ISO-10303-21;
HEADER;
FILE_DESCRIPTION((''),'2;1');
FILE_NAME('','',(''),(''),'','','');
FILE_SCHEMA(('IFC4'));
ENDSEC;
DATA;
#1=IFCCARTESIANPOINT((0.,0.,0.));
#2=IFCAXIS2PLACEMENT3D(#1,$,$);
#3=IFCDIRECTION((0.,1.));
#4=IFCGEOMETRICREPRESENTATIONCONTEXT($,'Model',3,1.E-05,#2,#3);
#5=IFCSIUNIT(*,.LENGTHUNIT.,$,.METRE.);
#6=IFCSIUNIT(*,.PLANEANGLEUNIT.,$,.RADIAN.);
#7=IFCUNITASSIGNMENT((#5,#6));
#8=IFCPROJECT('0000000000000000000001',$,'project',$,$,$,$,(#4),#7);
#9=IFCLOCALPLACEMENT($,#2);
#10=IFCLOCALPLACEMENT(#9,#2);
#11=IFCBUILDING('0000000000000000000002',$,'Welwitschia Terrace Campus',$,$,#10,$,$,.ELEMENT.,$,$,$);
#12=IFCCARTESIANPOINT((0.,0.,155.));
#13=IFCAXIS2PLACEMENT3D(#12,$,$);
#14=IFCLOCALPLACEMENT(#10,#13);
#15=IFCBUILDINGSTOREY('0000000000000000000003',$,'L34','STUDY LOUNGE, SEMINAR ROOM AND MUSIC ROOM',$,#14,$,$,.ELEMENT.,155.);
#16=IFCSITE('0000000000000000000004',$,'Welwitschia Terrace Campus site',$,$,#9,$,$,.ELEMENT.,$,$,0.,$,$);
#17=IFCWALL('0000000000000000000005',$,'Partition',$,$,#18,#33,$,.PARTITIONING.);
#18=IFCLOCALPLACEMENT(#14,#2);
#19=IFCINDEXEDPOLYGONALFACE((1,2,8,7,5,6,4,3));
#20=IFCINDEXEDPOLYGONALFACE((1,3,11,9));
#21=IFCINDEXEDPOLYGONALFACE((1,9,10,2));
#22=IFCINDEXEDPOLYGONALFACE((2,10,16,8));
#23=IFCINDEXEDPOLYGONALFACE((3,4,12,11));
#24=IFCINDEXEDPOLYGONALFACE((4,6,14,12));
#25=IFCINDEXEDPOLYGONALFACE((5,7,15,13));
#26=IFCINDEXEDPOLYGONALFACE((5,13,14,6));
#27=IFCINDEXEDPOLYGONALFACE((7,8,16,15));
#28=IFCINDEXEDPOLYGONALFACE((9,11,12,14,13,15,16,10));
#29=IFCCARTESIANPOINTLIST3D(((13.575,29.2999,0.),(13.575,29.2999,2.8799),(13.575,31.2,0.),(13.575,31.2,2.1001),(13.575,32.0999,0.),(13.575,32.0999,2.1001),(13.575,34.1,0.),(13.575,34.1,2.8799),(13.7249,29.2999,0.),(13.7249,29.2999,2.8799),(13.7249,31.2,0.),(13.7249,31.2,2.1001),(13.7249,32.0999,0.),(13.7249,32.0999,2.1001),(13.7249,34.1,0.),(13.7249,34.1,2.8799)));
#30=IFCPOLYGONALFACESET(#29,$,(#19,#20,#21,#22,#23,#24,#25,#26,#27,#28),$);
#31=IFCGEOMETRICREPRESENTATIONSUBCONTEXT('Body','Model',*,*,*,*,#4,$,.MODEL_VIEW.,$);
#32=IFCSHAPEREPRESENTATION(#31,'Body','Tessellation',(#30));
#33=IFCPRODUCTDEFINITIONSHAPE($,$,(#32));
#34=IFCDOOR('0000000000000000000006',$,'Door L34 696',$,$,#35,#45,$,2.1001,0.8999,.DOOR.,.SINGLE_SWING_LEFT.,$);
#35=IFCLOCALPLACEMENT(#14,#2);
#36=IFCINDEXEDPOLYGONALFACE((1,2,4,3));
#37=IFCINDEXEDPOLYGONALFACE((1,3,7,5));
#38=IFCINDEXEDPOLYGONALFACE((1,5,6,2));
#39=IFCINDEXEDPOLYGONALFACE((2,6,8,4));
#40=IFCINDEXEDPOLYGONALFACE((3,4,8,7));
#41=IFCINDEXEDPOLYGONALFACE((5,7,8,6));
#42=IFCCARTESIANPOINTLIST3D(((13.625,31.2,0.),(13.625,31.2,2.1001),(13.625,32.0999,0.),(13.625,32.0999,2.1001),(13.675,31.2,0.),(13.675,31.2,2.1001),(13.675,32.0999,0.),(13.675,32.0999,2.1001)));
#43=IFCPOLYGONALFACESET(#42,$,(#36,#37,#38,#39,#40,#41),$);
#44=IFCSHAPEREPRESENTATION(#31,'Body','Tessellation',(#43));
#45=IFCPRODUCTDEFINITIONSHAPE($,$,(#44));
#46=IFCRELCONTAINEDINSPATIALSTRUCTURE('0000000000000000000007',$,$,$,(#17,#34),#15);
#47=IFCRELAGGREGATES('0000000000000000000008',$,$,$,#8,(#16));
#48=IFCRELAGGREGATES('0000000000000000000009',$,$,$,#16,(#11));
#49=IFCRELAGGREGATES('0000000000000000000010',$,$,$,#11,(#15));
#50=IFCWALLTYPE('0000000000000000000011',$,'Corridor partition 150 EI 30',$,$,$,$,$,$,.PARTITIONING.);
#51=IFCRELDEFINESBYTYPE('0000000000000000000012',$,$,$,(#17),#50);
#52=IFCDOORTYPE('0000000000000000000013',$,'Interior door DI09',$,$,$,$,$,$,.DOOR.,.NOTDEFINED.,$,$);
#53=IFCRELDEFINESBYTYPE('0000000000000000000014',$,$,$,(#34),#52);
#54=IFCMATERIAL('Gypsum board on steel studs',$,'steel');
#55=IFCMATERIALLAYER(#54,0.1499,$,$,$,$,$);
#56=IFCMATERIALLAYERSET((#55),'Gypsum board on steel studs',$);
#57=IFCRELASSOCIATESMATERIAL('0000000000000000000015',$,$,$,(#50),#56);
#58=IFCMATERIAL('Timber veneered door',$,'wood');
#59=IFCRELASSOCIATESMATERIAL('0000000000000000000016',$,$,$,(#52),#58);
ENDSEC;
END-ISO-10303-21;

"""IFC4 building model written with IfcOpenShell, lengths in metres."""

from ifc_helpers import new_model, si_unit, direction, frame, frame_2d, origin, place, context, subcontext, project, spatial, rectangle, extrude, material, layer, layer_set, type_object, element, fill, save


model = new_model("IFC4")

# Units and contexts
model_context = context("Model", 3, precision=1e-05, world=origin(), true_north=direction((0.0, 1.0)))
body_context = subcontext(model_context, "Body", "Model", "MODEL_VIEW")
ifc_project = project(units=[si_unit("LENGTHUNIT", "METRE"), si_unit("PLANEANGLEUNIT", "RADIAN")], contexts=[model_context])

# Site, building, storey
site_placement = place(None, origin())
site = spatial("IfcSite", under=ifc_project, at=site_placement, Name="Welwitschia Terrace Campus site", CompositionType="ELEMENT", RefElevation=0.0)
building_placement = place(site_placement, origin())
building = spatial("IfcBuilding", under=site, at=building_placement, Name="Welwitschia Terrace Campus", CompositionType="ELEMENT")
storey_placement = place(building_placement, frame((0.0, 0.0, 155.0)))
storey = spatial("IfcBuildingStorey", under=building, at=storey_placement, Name="L34", Description="STUDY LOUNGE, SEMINAR ROOM AND MUSIC ROOM", CompositionType="ELEMENT", Elevation=155.0)

# Shared definitions
ifc_material_1 = material(Name="Gypsum board on steel studs", Category="steel")
ifc_layer_1 = layer(ifc_material_1, 0.1499)
ifc_layer_set_1 = layer_set([ifc_layer_1], Name="Gypsum board on steel studs")
wall_type = type_object("IfcWallType", Name="Corridor partition 150 EI 30", PredefinedType="PARTITIONING", material=ifc_layer_set_1)

# Shared definitions
ifc_material_2 = material(Name="Timber veneered door", Category="wood")
door_type = type_object("IfcDoorType", Name="Interior door DI09", OperationType="NOTDEFINED", PredefinedType="DOOR", material=ifc_material_2)

# Wall, opening, door
wall_1_placement = place(storey_placement, frame((13.6499, 29.3, 0.0), z_axis=(0.0, 0.0, 1.0), x_axis=(0.0, 1.0, 0.0)))
wall_1 = element("IfcWall", 1, at=wall_1_placement, inside=storey, type_object=wall_type, Name="Partition", PredefinedType="PARTITIONING", context=body_context, shape_type="SweptSolid", body=[
    extrude(rectangle(XDim=4.8, YDim=0.1499, at=frame_2d((2.3999, 0.0))), origin(), (0.0, 0.0, 1.0), 2.8799),
])
opening_1_placement = place(wall_1_placement, frame((1.8999, 0.0, 0.0)))
opening_1 = element("IfcOpeningElement", 2, at=opening_1_placement, cuts=wall_1, PredefinedType="OPENING", context=body_context, shape_type="SweptSolid", body=[
    extrude(rectangle(XDim=0.8999, YDim=2.1001, at=frame_2d((0.45, 1.05))), frame((0.0, 0.085, 0.0), z_axis=(0.0, -1.0, 0.0), x_axis=(1.0, 0.0, 0.0)), (0.0, 0.0, 1.0), 0.1699),
])
door_1_placement = place(opening_1_placement, origin())
door_1 = element("IfcDoor", 3, at=door_1_placement, inside=storey, type_object=door_type, Name="Door L34 696", OperationType="SINGLE_SWING_LEFT", OverallHeight=2.1001, OverallWidth=0.8999, PredefinedType="DOOR", context=body_context, shape_type="SweptSolid", body=[
    extrude(rectangle(XDim=0.8999, YDim=2.1001, at=frame_2d((0.45, 1.05))), frame((0.0, 0.0249, 0.0), z_axis=(0.0, -1.0, 0.0), x_axis=(1.0, 0.0, 0.0)), (0.0, 0.0, 1.0), 0.05),
])
fill(opening_1, door_1)

save(model, "model.ifc")
